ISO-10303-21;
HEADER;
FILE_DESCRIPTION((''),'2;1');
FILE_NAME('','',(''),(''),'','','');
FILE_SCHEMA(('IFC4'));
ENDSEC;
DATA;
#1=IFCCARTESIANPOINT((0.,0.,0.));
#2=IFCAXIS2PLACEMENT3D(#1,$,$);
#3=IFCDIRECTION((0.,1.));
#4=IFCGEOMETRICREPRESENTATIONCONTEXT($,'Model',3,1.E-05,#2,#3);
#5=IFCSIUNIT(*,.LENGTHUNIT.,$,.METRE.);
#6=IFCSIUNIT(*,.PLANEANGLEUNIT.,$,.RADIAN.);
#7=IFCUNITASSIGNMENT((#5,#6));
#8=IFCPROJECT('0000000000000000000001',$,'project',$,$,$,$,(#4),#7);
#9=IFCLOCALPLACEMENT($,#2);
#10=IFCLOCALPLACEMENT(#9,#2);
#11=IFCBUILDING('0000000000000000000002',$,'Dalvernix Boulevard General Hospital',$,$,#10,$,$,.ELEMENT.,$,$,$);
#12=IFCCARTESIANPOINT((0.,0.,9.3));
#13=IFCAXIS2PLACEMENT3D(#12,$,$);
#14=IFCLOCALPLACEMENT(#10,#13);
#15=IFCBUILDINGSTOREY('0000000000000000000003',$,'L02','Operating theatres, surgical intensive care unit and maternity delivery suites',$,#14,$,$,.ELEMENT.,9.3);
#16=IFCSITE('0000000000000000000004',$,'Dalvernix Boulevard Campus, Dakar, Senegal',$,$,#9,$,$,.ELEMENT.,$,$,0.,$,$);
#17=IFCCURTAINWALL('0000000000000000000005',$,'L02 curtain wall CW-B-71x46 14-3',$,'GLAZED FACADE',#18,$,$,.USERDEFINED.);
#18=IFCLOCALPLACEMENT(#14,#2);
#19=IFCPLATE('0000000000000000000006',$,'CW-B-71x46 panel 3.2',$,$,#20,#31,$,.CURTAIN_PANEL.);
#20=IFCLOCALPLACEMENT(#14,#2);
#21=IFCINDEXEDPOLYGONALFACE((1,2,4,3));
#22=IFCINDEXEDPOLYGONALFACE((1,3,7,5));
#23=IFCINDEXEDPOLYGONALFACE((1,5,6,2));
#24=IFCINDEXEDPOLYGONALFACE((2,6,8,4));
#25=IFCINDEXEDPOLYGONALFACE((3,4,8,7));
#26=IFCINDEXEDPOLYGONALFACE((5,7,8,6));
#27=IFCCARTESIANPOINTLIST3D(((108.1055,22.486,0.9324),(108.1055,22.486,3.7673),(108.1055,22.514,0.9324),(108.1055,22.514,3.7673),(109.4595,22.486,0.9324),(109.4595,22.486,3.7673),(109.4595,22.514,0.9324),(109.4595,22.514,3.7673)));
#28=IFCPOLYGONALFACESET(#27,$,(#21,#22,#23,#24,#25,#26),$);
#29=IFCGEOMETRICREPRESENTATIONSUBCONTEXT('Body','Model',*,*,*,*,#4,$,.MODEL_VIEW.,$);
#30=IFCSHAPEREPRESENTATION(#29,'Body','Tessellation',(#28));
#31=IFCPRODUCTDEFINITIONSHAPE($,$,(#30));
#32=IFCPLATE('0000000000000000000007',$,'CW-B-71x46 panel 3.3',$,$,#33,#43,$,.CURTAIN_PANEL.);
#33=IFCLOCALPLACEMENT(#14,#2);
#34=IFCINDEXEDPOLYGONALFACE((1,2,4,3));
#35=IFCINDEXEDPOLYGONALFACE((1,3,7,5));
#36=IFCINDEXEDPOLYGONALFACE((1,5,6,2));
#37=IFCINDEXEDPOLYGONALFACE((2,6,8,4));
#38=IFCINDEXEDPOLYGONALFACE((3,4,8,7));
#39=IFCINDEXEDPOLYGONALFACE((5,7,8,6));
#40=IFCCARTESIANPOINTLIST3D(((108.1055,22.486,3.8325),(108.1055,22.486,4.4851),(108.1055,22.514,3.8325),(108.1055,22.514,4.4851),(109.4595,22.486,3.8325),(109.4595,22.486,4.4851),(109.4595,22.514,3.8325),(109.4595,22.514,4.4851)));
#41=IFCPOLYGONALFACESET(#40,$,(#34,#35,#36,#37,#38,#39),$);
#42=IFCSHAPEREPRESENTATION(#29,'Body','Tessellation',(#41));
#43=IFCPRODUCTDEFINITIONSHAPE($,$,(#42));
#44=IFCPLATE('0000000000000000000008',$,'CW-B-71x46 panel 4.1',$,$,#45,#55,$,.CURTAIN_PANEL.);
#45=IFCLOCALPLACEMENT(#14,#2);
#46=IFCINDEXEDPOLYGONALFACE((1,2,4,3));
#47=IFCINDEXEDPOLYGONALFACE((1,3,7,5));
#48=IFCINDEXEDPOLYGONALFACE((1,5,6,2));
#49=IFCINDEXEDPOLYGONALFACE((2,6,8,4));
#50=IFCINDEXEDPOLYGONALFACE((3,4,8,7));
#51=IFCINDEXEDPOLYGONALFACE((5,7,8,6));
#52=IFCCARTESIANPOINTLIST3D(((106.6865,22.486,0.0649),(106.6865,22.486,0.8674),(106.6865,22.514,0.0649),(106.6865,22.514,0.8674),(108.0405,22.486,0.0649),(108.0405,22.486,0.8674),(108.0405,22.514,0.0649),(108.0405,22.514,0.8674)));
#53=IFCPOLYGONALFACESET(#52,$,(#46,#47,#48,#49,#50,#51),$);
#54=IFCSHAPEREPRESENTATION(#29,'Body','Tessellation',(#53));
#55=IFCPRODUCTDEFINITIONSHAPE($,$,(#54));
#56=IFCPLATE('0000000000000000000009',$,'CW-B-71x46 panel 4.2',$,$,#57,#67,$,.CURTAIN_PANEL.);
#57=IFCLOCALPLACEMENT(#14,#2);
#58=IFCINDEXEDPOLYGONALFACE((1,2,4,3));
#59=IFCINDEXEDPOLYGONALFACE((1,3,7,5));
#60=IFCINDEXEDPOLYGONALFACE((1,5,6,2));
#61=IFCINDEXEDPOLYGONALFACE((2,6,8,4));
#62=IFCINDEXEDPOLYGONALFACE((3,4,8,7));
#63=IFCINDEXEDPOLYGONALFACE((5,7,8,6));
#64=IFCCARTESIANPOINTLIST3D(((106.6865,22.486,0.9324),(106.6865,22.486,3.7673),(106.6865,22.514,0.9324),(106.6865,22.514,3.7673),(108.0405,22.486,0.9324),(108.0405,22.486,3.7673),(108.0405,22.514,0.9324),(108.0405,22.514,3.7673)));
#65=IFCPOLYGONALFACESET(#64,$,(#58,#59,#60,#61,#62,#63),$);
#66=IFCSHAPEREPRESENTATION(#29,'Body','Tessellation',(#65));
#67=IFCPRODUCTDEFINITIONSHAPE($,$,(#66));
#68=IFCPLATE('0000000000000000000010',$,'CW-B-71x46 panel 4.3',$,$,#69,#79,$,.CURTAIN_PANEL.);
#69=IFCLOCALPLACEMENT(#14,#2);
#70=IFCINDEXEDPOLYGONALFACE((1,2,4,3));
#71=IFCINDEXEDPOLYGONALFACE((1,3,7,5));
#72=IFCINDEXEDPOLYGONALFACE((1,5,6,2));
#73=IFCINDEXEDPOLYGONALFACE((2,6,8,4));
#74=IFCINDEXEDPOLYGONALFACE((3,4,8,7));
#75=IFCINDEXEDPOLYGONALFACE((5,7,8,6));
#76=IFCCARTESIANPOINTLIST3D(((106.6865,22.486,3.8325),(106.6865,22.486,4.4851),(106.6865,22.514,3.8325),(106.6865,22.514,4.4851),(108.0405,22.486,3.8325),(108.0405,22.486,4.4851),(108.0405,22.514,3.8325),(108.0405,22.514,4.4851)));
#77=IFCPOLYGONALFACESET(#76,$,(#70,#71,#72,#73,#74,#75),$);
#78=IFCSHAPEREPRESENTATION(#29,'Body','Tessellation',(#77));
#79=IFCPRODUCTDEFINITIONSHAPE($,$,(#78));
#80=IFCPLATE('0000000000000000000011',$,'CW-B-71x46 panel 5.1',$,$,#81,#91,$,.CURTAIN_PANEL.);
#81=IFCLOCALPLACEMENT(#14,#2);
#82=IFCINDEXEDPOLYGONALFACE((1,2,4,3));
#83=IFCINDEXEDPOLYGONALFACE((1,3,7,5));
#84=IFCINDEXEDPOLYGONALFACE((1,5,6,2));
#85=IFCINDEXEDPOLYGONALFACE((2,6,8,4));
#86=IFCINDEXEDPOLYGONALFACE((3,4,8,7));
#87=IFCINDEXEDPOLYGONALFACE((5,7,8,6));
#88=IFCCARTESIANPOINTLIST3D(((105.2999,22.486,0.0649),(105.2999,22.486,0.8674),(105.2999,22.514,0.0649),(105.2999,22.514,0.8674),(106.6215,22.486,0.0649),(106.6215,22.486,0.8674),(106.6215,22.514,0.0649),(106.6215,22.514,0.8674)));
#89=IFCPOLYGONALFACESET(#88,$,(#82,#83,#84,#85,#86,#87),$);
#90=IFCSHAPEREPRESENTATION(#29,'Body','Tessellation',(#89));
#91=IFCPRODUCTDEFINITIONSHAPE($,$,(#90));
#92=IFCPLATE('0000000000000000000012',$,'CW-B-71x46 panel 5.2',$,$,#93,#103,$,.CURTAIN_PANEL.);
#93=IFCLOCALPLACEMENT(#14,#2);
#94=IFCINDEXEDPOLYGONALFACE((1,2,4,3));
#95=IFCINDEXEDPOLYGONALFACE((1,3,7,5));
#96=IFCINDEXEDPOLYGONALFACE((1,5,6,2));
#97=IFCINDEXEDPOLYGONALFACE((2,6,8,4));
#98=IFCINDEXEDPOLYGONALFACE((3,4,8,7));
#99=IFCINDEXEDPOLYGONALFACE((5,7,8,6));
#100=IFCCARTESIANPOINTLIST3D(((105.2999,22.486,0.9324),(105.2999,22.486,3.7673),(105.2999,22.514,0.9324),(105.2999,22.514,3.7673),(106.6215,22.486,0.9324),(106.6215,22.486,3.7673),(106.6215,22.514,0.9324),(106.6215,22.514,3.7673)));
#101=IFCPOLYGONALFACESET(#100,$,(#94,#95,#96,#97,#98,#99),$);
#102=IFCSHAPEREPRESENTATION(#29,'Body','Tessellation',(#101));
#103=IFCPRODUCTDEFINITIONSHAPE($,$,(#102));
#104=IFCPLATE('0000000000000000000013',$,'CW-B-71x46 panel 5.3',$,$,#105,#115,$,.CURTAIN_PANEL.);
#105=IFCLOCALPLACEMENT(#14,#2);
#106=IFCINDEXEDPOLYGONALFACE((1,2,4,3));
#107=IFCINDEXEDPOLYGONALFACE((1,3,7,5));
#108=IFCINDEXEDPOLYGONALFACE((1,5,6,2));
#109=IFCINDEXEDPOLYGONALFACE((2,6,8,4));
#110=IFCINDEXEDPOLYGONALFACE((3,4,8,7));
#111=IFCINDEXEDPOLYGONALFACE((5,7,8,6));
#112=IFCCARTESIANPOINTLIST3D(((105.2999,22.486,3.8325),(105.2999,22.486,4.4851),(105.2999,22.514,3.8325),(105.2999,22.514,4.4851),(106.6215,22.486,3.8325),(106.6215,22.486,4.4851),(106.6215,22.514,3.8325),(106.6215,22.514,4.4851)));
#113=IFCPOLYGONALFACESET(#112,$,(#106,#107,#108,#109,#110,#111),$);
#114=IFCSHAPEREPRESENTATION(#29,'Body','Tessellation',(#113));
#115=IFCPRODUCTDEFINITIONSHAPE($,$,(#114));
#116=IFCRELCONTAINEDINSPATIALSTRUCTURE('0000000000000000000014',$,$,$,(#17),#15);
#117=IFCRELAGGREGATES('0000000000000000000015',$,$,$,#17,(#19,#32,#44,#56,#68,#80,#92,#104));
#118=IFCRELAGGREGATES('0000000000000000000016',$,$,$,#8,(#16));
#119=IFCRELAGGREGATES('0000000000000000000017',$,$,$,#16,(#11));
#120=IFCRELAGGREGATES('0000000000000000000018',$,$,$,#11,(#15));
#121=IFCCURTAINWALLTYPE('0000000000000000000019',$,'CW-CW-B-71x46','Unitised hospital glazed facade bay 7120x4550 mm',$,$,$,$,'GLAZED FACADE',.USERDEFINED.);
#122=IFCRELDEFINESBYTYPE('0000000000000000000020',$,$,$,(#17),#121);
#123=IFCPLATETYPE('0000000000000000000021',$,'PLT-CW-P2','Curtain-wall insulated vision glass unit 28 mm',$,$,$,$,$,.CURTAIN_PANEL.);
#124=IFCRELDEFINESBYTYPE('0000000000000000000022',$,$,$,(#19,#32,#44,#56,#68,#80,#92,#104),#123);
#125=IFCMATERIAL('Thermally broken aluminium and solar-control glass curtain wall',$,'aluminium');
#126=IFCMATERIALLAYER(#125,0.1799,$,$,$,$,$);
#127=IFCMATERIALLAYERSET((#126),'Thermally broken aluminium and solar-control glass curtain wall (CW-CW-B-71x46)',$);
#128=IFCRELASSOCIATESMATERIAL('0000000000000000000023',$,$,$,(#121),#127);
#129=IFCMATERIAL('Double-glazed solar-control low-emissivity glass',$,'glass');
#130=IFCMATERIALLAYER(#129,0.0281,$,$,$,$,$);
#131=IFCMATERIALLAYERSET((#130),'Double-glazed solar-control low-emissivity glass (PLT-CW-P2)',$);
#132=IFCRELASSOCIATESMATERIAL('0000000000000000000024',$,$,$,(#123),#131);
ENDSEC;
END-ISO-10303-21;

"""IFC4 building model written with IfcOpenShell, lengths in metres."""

from ifc_helpers import new_model, si_unit, direction, frame, origin, origin_2d, place, context, subcontext, project, spatial, rectangle, extrude, material, layer, layer_set, type_object, element, aggregate, save


model = new_model("IFC4")

# Units and contexts
model_context = context("Model", 3, precision=1e-05, world=origin(), true_north=direction((0.0, 1.0)))
body_context = subcontext(model_context, "Body", "Model", "MODEL_VIEW")
ifc_project = project(units=[si_unit("LENGTHUNIT", "METRE"), si_unit("PLANEANGLEUNIT", "RADIAN")], contexts=[model_context])

# Site, building, storey
site_placement = place(None, origin())
site = spatial("IfcSite", under=ifc_project, at=site_placement, Name="Dalvernix Boulevard Campus, Dakar, Senegal", CompositionType="ELEMENT", RefElevation=0.0)
building_placement = place(site_placement, origin())
building = spatial("IfcBuilding", under=site, at=building_placement, Name="Dalvernix Boulevard General Hospital", CompositionType="ELEMENT")
storey_placement = place(building_placement, frame((0.0, 0.0, 9.3)))
storey = spatial("IfcBuildingStorey", under=building, at=storey_placement, Name="L02", Description="Operating theatres, surgical intensive care unit and maternity delivery suites", CompositionType="ELEMENT", Elevation=9.3)

# Curtain wall, plates
ifc_material_1 = material(Name="Thermally broken aluminium and solar-control glass curtain wall", Category="aluminium")
ifc_layer_1 = layer(ifc_material_1, 0.1799)
ifc_layer_set_1 = layer_set([ifc_layer_1], Name="Thermally broken aluminium and solar-control glass curtain wall (CW-CW-B-71x46)")
curtain_wall_type = type_object("IfcCurtainWallType", Name="CW-CW-B-71x46", Description="Unitised hospital glazed facade bay 7120x4550 mm", ElementType="GLAZED FACADE", PredefinedType="USERDEFINED", material=ifc_layer_set_1)
curtain_wall_placement = place(storey_placement, origin())
curtain_wall = element("IfcCurtainWall", 1, at=curtain_wall_placement, inside=storey, type_object=curtain_wall_type, Name="L02 curtain wall CW-B-71x46 14-3", ObjectType="GLAZED FACADE", PredefinedType="USERDEFINED")
ifc_material_2 = material(Name="Double-glazed solar-control low-emissivity glass", Category="glass")
ifc_layer_2 = layer(ifc_material_2, 0.0281)
ifc_layer_set_2 = layer_set([ifc_layer_2], Name="Double-glazed solar-control low-emissivity glass (PLT-CW-P2)")
plate_type = type_object("IfcPlateType", Name="PLT-CW-P2", Description="Curtain-wall insulated vision glass unit 28 mm", PredefinedType="CURTAIN_PANEL", material=ifc_layer_set_2)
plate_1_placement = place(storey_placement, frame((108.7825, 22.5, 0.9324), z_axis=(0.0, 0.0, 1.0), x_axis=(-1.0, 0.0, 0.0)))
plate_1 = element("IfcPlate", 2, at=plate_1_placement, type_object=plate_type, Name="CW-B-71x46 panel 3.2", PredefinedType="CURTAIN_PANEL", context=body_context, shape_type="SweptSolid", body=[
    extrude(rectangle(XDim=1.354, YDim=0.0281, at=origin_2d()), origin(), (0.0, 0.0, 1.0), 2.835),
])
plate_2_placement = place(storey_placement, frame((108.7825, 22.5, 3.8325), z_axis=(0.0, 0.0, 1.0), x_axis=(-1.0, 0.0, 0.0)))
plate_2 = element("IfcPlate", 3, at=plate_2_placement, type_object=plate_type, Name="CW-B-71x46 panel 3.3", PredefinedType="CURTAIN_PANEL", context=body_context, shape_type="SweptSolid", body=[
    extrude(rectangle(XDim=1.354, YDim=0.0281, at=origin_2d()), origin(), (0.0, 0.0, 1.0), 0.6526),
])
plate_3_placement = place(storey_placement, frame((107.3635, 22.5, 0.0649), z_axis=(0.0, 0.0, 1.0), x_axis=(-1.0, 0.0, 0.0)))
plate_3 = element("IfcPlate", 4, at=plate_3_placement, type_object=plate_type, Name="CW-B-71x46 panel 4.1", PredefinedType="CURTAIN_PANEL", context=body_context, shape_type="SweptSolid", body=[
    extrude(rectangle(XDim=1.354, YDim=0.0281, at=origin_2d()), origin(), (0.0, 0.0, 1.0), 0.8025),
])
plate_4_placement = place(storey_placement, frame((107.3635, 22.5, 0.9324), z_axis=(0.0, 0.0, 1.0), x_axis=(-1.0, 0.0, 0.0)))
plate_4 = element("IfcPlate", 5, at=plate_4_placement, type_object=plate_type, Name="CW-B-71x46 panel 4.2", PredefinedType="CURTAIN_PANEL", context=body_context, shape_type="SweptSolid", body=[
    extrude(rectangle(XDim=1.354, YDim=0.0281, at=origin_2d()), origin(), (0.0, 0.0, 1.0), 2.835),
])
plate_5_placement = place(storey_placement, frame((107.3635, 22.5, 3.8325), z_axis=(0.0, 0.0, 1.0), x_axis=(-1.0, 0.0, 0.0)))
plate_5 = element("IfcPlate", 6, at=plate_5_placement, type_object=plate_type, Name="CW-B-71x46 panel 4.3", PredefinedType="CURTAIN_PANEL", context=body_context, shape_type="SweptSolid", body=[
    extrude(rectangle(XDim=1.354, YDim=0.0281, at=origin_2d()), origin(), (0.0, 0.0, 1.0), 0.6526),
])
plate_6_placement = place(storey_placement, frame((105.9607, 22.5, 0.0649), z_axis=(0.0, 0.0, 1.0), x_axis=(-1.0, 0.0, 0.0)))
plate_6 = element("IfcPlate", 7, at=plate_6_placement, type_object=plate_type, Name="CW-B-71x46 panel 5.1", PredefinedType="CURTAIN_PANEL", context=body_context, shape_type="SweptSolid", body=[
    extrude(rectangle(XDim=1.3215, YDim=0.0281, at=origin_2d()), origin(), (0.0, 0.0, 1.0), 0.8025),
])
plate_7_placement = place(storey_placement, frame((105.9607, 22.5, 0.9324), z_axis=(0.0, 0.0, 1.0), x_axis=(-1.0, 0.0, 0.0)))
plate_7 = element("IfcPlate", 8, at=plate_7_placement, type_object=plate_type, Name="CW-B-71x46 panel 5.2", PredefinedType="CURTAIN_PANEL", context=body_context, shape_type="SweptSolid", body=[
    extrude(rectangle(XDim=1.3215, YDim=0.0281, at=origin_2d()), origin(), (0.0, 0.0, 1.0), 2.835),
])
plate_8_placement = place(storey_placement, frame((105.9607, 22.5, 3.8325), z_axis=(0.0, 0.0, 1.0), x_axis=(-1.0, 0.0, 0.0)))
plate_8 = element("IfcPlate", 9, at=plate_8_placement, type_object=plate_type, Name="CW-B-71x46 panel 5.3", PredefinedType="CURTAIN_PANEL", context=body_context, shape_type="SweptSolid", body=[
    extrude(rectangle(XDim=1.3215, YDim=0.0281, at=origin_2d()), origin(), (0.0, 0.0, 1.0), 0.6526),
])
aggregate(curtain_wall, [plate_1, plate_2, plate_3, plate_4, plate_5, plate_6, plate_7, plate_8])

save(model, "model.ifc")
